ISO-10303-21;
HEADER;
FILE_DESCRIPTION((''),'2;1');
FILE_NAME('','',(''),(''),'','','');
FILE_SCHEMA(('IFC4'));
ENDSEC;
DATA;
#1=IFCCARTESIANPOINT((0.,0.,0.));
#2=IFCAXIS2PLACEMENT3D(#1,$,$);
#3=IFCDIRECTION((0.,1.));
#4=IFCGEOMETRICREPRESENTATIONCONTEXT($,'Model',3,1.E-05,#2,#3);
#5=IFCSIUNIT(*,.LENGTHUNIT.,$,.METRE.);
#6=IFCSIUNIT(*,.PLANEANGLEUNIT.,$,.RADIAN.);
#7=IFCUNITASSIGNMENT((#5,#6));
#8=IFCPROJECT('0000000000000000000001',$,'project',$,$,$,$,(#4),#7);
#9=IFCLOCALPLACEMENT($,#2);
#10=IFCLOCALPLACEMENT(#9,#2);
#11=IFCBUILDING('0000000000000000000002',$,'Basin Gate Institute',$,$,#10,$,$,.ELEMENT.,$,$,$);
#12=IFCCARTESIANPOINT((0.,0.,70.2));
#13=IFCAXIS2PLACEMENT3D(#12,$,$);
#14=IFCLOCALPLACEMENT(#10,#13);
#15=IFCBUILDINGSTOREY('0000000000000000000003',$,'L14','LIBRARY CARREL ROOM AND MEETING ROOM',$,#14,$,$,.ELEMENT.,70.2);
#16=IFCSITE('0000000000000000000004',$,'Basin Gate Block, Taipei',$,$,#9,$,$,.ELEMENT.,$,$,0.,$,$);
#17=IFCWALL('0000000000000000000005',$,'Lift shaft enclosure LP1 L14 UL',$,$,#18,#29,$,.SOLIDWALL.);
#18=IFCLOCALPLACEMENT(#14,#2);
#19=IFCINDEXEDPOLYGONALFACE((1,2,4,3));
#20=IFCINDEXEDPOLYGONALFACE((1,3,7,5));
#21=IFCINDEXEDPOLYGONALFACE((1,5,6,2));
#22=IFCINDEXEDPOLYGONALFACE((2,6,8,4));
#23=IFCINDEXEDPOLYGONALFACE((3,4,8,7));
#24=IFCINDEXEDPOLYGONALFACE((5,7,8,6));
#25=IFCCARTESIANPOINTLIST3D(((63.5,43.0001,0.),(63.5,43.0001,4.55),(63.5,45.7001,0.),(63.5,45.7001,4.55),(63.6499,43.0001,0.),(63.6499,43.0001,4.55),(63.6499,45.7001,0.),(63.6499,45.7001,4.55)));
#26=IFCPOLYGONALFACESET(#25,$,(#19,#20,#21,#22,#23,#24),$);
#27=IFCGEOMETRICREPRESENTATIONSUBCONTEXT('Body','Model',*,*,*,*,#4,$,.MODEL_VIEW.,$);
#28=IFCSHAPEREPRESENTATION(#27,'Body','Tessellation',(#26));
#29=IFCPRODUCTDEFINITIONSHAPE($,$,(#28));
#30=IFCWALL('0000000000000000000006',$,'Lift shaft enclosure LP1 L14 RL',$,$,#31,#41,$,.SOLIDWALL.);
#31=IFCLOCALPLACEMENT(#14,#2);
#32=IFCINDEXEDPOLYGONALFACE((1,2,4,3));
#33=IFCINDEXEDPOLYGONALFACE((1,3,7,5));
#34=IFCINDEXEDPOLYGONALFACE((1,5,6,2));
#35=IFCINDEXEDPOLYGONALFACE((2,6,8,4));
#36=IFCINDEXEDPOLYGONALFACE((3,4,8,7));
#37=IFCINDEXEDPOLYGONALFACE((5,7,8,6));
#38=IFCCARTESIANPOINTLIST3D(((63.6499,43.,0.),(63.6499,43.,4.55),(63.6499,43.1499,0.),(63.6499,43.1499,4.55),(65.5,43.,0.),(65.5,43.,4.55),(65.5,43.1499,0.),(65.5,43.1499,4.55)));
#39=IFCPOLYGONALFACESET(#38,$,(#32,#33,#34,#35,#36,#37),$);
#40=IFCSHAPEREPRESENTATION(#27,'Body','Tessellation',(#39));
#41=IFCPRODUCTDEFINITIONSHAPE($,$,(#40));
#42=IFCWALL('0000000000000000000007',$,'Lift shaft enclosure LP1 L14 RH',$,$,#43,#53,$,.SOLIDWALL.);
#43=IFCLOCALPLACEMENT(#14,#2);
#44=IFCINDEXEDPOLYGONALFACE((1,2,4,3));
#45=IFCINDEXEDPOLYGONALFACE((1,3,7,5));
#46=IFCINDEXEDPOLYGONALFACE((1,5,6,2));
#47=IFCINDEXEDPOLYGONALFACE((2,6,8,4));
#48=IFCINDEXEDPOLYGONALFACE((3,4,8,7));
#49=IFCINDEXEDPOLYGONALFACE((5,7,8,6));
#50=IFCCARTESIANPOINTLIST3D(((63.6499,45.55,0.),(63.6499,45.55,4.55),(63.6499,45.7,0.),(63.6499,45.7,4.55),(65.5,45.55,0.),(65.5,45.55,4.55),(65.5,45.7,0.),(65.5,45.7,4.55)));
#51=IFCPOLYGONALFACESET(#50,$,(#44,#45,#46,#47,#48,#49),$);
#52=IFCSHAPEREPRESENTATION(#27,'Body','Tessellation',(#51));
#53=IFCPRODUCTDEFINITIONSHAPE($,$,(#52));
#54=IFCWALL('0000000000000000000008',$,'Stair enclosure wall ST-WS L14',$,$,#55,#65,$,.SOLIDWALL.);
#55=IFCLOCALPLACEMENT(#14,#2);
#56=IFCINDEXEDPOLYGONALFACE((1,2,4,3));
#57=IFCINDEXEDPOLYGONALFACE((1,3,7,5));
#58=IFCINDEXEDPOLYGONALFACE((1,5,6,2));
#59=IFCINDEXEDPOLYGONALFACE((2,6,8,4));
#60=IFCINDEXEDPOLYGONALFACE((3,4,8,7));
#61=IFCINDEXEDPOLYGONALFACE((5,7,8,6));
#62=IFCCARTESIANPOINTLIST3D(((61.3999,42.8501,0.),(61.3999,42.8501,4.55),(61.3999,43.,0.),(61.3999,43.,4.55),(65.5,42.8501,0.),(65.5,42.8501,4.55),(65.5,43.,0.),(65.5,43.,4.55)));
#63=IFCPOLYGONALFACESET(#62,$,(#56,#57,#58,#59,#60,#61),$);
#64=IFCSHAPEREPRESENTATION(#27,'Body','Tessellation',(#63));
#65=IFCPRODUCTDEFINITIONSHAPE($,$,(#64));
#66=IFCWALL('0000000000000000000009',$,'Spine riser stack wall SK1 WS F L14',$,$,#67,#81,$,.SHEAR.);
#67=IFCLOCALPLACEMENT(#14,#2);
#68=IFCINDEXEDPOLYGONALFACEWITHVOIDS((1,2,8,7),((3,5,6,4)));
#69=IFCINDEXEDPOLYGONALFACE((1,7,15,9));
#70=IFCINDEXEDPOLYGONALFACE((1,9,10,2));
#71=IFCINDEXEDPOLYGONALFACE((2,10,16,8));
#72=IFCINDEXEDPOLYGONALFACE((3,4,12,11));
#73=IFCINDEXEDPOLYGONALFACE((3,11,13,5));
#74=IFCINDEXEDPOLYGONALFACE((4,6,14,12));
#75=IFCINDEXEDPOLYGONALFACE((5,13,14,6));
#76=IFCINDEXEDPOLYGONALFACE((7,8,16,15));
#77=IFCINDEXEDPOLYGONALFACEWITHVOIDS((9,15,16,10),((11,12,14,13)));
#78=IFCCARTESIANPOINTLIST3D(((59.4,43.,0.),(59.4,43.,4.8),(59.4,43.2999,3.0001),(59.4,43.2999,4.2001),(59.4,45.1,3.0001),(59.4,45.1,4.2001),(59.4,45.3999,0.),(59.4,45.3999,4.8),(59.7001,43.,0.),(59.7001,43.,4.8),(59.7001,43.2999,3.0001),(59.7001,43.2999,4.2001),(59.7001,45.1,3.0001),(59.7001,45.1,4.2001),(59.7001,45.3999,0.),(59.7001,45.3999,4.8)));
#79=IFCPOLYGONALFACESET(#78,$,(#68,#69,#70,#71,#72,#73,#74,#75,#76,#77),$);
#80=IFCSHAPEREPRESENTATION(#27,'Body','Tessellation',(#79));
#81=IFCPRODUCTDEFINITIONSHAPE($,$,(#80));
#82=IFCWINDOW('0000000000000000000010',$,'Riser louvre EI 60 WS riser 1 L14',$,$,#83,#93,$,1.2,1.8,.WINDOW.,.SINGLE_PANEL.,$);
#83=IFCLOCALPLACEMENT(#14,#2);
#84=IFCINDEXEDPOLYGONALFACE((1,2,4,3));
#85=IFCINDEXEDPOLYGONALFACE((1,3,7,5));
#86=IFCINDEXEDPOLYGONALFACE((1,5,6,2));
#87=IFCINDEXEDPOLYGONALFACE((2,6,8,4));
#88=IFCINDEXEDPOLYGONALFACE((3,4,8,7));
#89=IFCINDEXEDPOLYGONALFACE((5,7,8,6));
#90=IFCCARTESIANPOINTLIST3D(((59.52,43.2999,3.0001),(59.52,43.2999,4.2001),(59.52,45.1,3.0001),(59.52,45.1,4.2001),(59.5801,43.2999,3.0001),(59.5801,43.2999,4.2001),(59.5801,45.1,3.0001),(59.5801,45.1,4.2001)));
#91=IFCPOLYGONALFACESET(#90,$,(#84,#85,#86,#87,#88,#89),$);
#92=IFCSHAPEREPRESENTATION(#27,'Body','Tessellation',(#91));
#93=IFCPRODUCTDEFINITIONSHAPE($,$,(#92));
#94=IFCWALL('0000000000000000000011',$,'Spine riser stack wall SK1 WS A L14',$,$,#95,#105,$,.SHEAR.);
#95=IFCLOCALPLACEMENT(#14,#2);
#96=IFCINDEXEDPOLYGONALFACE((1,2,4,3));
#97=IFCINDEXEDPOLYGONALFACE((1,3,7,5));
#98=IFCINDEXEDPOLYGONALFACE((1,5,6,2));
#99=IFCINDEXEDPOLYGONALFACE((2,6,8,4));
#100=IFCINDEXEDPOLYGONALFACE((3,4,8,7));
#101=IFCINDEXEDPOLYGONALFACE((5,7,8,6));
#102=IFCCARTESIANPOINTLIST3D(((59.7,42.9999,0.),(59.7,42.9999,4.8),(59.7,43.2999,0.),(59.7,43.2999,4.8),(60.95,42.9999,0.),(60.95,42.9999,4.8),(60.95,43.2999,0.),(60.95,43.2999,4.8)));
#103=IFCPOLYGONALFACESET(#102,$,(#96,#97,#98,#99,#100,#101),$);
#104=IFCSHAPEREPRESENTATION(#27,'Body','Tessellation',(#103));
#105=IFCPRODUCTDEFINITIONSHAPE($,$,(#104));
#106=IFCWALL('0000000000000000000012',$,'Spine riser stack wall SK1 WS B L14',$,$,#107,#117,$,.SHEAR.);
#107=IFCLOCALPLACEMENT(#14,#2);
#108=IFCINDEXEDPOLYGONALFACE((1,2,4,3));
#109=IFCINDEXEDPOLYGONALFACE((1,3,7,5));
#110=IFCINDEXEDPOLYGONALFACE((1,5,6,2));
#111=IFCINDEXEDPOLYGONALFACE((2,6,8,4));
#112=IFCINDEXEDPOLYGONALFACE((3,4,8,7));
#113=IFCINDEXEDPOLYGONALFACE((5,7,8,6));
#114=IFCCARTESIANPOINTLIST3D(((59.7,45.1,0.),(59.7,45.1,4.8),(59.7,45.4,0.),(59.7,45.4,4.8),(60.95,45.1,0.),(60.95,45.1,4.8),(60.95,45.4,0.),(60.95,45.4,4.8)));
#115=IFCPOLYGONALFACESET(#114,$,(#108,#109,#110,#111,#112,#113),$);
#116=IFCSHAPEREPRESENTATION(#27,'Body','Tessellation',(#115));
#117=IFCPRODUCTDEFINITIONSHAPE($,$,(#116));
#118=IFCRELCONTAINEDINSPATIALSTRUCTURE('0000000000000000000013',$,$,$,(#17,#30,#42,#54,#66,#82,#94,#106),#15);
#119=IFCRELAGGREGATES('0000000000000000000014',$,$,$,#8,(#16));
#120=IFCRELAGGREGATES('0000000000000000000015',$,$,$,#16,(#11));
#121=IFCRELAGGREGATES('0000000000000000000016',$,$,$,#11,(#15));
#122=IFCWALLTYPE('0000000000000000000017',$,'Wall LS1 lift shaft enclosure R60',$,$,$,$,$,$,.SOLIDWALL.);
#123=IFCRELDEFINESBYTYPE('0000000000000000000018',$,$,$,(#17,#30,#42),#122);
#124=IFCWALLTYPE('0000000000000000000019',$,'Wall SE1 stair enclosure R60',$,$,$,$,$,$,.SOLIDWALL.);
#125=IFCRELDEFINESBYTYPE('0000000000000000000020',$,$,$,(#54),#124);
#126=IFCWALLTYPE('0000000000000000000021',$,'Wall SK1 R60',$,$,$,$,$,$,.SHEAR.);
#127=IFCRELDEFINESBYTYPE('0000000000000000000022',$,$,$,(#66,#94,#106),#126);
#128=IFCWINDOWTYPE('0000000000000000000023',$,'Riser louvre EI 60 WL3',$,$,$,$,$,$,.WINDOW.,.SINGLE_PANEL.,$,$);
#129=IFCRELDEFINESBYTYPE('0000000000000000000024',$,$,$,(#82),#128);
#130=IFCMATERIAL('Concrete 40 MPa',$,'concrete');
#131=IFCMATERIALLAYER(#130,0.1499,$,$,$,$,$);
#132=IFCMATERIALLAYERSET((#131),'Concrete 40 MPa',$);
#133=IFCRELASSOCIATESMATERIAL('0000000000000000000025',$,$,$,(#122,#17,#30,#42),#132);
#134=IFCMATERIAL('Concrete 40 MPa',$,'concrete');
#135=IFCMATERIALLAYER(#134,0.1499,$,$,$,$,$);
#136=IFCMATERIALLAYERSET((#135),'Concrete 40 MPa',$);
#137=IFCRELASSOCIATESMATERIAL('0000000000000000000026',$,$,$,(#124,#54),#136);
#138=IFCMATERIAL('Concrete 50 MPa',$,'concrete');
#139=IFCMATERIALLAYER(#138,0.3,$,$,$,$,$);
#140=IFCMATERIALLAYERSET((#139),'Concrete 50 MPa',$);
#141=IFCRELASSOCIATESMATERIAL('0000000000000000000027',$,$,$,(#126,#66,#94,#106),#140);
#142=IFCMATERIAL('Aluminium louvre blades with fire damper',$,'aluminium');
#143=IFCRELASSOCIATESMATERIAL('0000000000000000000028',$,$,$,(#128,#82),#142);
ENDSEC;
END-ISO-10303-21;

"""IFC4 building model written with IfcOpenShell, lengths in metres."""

from ifc_helpers import new_model, si_unit, direction, frame, frame_2d, origin, place, context, subcontext, project, spatial, rectangle, extrude, material, layer, layer_set, type_object, element, fill, save


model = new_model("IFC4")

# Units and contexts
model_context = context("Model", 3, precision=1e-05, world=origin(), true_north=direction((0.0, 1.0)))
body_context = subcontext(model_context, "Body", "Model", "MODEL_VIEW")
ifc_project = project(units=[si_unit("LENGTHUNIT", "METRE"), si_unit("PLANEANGLEUNIT", "RADIAN")], contexts=[model_context])

# Site, building, storey
site_placement = place(None, origin())
site = spatial("IfcSite", under=ifc_project, at=site_placement, Name="Basin Gate Block, Taipei", CompositionType="ELEMENT", RefElevation=0.0)
building_placement = place(site_placement, origin())
building = spatial("IfcBuilding", under=site, at=building_placement, Name="Basin Gate Institute", CompositionType="ELEMENT")
storey_placement = place(building_placement, frame((0.0, 0.0, 70.2)))
storey = spatial("IfcBuildingStorey", under=building, at=storey_placement, Name="L14", Description="LIBRARY CARREL ROOM AND MEETING ROOM", CompositionType="ELEMENT", Elevation=70.2)

# Walls
ifc_material_1 = material(Name="Concrete 40 MPa", Category="concrete")
ifc_layer_1 = layer(ifc_material_1, 0.1499)
ifc_layer_set_1 = layer_set([ifc_layer_1], Name="Concrete 40 MPa")
wall_type_1 = type_object("IfcWallType", Name="Wall LS1 lift shaft enclosure R60", PredefinedType="SOLIDWALL", material=ifc_layer_set_1)
wall_1_placement = place(storey_placement, frame((63.575, 43.0, 0.0), z_axis=(0.0, 0.0, 1.0), x_axis=(0.0, 1.0, 0.0)))
element("IfcWall", 1, at=wall_1_placement, inside=storey, type_object=wall_type_1, material=ifc_layer_set_1, Name="Lift shaft enclosure LP1 L14 UL", PredefinedType="SOLIDWALL", context=body_context, shape_type="SweptSolid", body=[
    extrude(rectangle(XDim=2.7, YDim=0.1499, at=frame_2d((1.3501, 0.0))), origin(), (0.0, 0.0, 1.0), 4.55),
])
for number, where, z_axis, x_axis, name in (
    (2, (63.6499, 43.075, 0.0), (0.0, 0.0, 1.0), (1.0, 0.0, 0.0), "Lift shaft enclosure LP1 L14 RL"),
    (3, (63.6499, 45.625, 0.0), (0.0, 0.0, 1.0), (1.0, 0.0, 0.0), "Lift shaft enclosure LP1 L14 RH"),
):
    element("IfcWall", number, at=place(storey_placement, frame(where, z_axis=z_axis, x_axis=x_axis)), inside=storey, type_object=wall_type_1, material=ifc_layer_set_1, Name=name, PredefinedType="SOLIDWALL", context=body_context, shape_type="SweptSolid", body=[
        extrude(rectangle(XDim=1.8501, YDim=0.1499, at=frame_2d((0.925, 0.0))), origin(), (0.0, 0.0, 1.0), 4.55),
    ])
ifc_material_2 = material(Name="Concrete 40 MPa", Category="concrete")
ifc_layer_2 = layer(ifc_material_2, 0.1499)
ifc_layer_set_2 = layer_set([ifc_layer_2], Name="Concrete 40 MPa")
wall_type_2 = type_object("IfcWallType", Name="Wall SE1 stair enclosure R60", PredefinedType="SOLIDWALL", material=ifc_layer_set_2)
wall_2_placement = place(storey_placement, frame((61.3999, 42.925, 0.0), z_axis=(0.0, 0.0, 1.0), x_axis=(1.0, 0.0, 0.0)))
element("IfcWall", 4, at=wall_2_placement, inside=storey, type_object=wall_type_2, material=ifc_layer_set_2, Name="Stair enclosure wall ST-WS L14", PredefinedType="SOLIDWALL", context=body_context, shape_type="SweptSolid", body=[
    extrude(rectangle(XDim=4.1001, YDim=0.1499, at=frame_2d((2.05, 0.0))), origin(), (0.0, 0.0, 1.0), 4.55),
])

# Wall, opening, window
ifc_material_3 = material(Name="Concrete 50 MPa", Category="concrete")
ifc_layer_3 = layer(ifc_material_3, 0.3)
ifc_layer_set_3 = layer_set([ifc_layer_3], Name="Concrete 50 MPa")
wall_type_3 = type_object("IfcWallType", Name="Wall SK1 R60", PredefinedType="SHEAR", material=ifc_layer_set_3)
wall_3_placement = place(storey_placement, frame((59.55, 43.0, 0.0), z_axis=(0.0, 0.0, 1.0), x_axis=(0.0, 1.0, 0.0)))
wall_3 = element("IfcWall", 5, at=wall_3_placement, inside=storey, type_object=wall_type_3, material=ifc_layer_set_3, Name="Spine riser stack wall SK1 WS F L14", PredefinedType="SHEAR", context=body_context, shape_type="SweptSolid", body=[
    extrude(rectangle(XDim=2.3999, YDim=0.3, at=frame_2d((1.2, 0.0))), origin(), (0.0, 0.0, 1.0), 4.8),
])
opening_placement = place(wall_3_placement, frame((0.3, 0.0, 3.0)))
opening = element("IfcOpeningElement", 6, at=opening_placement, cuts=wall_3, PredefinedType="OPENING", context=body_context, shape_type="SweptSolid", body=[
    extrude(rectangle(XDim=1.8, YDim=1.2, at=frame_2d((0.8999, 0.6001))), frame((0.0, 0.1602, 0.0), z_axis=(0.0, -1.0, 0.0), x_axis=(1.0, 0.0, 0.0)), (0.0, 0.0, 1.0), 0.3201),
])
ifc_material_4 = material(Name="Aluminium louvre blades with fire damper", Category="aluminium")
window_type = type_object("IfcWindowType", Name="Riser louvre EI 60 WL3", PartitioningType="SINGLE_PANEL", PredefinedType="WINDOW", material=ifc_material_4)
window_placement = place(opening_placement, origin())
window = element("IfcWindow", 7, at=window_placement, inside=storey, type_object=window_type, material=ifc_material_4, Name="Riser louvre EI 60 WS riser 1 L14", OverallHeight=1.2, OverallWidth=1.8, PartitioningType="SINGLE_PANEL", PredefinedType="WINDOW", context=body_context, shape_type="SweptSolid", body=[
    extrude(rectangle(XDim=1.8, YDim=1.2, at=frame_2d((0.8999, 0.6001))), frame((0.0, 0.03, 0.0), z_axis=(0.0, -1.0, 0.0), x_axis=(1.0, 0.0, 0.0)), (0.0, 0.0, 1.0), 0.0601),
])
fill(opening, window)

# Walls
for number, where, z_axis, x_axis, name in (
    (8, (60.95, 43.1499, 0.0), (0.0, 0.0, 1.0), (-1.0, 0.0, 0.0), "Spine riser stack wall SK1 WS A L14"),
    (9, (60.95, 45.25, 0.0), (0.0, 0.0, 1.0), (-1.0, 0.0, 0.0), "Spine riser stack wall SK1 WS B L14"),
):
    element("IfcWall", number, at=place(storey_placement, frame(where, z_axis=z_axis, x_axis=x_axis)), inside=storey, type_object=wall_type_3, material=ifc_layer_set_3, Name=name, PredefinedType="SHEAR", context=body_context, shape_type="SweptSolid", body=[
        extrude(rectangle(XDim=1.25, YDim=0.3, at=frame_2d((0.625, 0.0))), origin(), (0.0, 0.0, 1.0), 4.8),
    ])

save(model, "model.ifc")
